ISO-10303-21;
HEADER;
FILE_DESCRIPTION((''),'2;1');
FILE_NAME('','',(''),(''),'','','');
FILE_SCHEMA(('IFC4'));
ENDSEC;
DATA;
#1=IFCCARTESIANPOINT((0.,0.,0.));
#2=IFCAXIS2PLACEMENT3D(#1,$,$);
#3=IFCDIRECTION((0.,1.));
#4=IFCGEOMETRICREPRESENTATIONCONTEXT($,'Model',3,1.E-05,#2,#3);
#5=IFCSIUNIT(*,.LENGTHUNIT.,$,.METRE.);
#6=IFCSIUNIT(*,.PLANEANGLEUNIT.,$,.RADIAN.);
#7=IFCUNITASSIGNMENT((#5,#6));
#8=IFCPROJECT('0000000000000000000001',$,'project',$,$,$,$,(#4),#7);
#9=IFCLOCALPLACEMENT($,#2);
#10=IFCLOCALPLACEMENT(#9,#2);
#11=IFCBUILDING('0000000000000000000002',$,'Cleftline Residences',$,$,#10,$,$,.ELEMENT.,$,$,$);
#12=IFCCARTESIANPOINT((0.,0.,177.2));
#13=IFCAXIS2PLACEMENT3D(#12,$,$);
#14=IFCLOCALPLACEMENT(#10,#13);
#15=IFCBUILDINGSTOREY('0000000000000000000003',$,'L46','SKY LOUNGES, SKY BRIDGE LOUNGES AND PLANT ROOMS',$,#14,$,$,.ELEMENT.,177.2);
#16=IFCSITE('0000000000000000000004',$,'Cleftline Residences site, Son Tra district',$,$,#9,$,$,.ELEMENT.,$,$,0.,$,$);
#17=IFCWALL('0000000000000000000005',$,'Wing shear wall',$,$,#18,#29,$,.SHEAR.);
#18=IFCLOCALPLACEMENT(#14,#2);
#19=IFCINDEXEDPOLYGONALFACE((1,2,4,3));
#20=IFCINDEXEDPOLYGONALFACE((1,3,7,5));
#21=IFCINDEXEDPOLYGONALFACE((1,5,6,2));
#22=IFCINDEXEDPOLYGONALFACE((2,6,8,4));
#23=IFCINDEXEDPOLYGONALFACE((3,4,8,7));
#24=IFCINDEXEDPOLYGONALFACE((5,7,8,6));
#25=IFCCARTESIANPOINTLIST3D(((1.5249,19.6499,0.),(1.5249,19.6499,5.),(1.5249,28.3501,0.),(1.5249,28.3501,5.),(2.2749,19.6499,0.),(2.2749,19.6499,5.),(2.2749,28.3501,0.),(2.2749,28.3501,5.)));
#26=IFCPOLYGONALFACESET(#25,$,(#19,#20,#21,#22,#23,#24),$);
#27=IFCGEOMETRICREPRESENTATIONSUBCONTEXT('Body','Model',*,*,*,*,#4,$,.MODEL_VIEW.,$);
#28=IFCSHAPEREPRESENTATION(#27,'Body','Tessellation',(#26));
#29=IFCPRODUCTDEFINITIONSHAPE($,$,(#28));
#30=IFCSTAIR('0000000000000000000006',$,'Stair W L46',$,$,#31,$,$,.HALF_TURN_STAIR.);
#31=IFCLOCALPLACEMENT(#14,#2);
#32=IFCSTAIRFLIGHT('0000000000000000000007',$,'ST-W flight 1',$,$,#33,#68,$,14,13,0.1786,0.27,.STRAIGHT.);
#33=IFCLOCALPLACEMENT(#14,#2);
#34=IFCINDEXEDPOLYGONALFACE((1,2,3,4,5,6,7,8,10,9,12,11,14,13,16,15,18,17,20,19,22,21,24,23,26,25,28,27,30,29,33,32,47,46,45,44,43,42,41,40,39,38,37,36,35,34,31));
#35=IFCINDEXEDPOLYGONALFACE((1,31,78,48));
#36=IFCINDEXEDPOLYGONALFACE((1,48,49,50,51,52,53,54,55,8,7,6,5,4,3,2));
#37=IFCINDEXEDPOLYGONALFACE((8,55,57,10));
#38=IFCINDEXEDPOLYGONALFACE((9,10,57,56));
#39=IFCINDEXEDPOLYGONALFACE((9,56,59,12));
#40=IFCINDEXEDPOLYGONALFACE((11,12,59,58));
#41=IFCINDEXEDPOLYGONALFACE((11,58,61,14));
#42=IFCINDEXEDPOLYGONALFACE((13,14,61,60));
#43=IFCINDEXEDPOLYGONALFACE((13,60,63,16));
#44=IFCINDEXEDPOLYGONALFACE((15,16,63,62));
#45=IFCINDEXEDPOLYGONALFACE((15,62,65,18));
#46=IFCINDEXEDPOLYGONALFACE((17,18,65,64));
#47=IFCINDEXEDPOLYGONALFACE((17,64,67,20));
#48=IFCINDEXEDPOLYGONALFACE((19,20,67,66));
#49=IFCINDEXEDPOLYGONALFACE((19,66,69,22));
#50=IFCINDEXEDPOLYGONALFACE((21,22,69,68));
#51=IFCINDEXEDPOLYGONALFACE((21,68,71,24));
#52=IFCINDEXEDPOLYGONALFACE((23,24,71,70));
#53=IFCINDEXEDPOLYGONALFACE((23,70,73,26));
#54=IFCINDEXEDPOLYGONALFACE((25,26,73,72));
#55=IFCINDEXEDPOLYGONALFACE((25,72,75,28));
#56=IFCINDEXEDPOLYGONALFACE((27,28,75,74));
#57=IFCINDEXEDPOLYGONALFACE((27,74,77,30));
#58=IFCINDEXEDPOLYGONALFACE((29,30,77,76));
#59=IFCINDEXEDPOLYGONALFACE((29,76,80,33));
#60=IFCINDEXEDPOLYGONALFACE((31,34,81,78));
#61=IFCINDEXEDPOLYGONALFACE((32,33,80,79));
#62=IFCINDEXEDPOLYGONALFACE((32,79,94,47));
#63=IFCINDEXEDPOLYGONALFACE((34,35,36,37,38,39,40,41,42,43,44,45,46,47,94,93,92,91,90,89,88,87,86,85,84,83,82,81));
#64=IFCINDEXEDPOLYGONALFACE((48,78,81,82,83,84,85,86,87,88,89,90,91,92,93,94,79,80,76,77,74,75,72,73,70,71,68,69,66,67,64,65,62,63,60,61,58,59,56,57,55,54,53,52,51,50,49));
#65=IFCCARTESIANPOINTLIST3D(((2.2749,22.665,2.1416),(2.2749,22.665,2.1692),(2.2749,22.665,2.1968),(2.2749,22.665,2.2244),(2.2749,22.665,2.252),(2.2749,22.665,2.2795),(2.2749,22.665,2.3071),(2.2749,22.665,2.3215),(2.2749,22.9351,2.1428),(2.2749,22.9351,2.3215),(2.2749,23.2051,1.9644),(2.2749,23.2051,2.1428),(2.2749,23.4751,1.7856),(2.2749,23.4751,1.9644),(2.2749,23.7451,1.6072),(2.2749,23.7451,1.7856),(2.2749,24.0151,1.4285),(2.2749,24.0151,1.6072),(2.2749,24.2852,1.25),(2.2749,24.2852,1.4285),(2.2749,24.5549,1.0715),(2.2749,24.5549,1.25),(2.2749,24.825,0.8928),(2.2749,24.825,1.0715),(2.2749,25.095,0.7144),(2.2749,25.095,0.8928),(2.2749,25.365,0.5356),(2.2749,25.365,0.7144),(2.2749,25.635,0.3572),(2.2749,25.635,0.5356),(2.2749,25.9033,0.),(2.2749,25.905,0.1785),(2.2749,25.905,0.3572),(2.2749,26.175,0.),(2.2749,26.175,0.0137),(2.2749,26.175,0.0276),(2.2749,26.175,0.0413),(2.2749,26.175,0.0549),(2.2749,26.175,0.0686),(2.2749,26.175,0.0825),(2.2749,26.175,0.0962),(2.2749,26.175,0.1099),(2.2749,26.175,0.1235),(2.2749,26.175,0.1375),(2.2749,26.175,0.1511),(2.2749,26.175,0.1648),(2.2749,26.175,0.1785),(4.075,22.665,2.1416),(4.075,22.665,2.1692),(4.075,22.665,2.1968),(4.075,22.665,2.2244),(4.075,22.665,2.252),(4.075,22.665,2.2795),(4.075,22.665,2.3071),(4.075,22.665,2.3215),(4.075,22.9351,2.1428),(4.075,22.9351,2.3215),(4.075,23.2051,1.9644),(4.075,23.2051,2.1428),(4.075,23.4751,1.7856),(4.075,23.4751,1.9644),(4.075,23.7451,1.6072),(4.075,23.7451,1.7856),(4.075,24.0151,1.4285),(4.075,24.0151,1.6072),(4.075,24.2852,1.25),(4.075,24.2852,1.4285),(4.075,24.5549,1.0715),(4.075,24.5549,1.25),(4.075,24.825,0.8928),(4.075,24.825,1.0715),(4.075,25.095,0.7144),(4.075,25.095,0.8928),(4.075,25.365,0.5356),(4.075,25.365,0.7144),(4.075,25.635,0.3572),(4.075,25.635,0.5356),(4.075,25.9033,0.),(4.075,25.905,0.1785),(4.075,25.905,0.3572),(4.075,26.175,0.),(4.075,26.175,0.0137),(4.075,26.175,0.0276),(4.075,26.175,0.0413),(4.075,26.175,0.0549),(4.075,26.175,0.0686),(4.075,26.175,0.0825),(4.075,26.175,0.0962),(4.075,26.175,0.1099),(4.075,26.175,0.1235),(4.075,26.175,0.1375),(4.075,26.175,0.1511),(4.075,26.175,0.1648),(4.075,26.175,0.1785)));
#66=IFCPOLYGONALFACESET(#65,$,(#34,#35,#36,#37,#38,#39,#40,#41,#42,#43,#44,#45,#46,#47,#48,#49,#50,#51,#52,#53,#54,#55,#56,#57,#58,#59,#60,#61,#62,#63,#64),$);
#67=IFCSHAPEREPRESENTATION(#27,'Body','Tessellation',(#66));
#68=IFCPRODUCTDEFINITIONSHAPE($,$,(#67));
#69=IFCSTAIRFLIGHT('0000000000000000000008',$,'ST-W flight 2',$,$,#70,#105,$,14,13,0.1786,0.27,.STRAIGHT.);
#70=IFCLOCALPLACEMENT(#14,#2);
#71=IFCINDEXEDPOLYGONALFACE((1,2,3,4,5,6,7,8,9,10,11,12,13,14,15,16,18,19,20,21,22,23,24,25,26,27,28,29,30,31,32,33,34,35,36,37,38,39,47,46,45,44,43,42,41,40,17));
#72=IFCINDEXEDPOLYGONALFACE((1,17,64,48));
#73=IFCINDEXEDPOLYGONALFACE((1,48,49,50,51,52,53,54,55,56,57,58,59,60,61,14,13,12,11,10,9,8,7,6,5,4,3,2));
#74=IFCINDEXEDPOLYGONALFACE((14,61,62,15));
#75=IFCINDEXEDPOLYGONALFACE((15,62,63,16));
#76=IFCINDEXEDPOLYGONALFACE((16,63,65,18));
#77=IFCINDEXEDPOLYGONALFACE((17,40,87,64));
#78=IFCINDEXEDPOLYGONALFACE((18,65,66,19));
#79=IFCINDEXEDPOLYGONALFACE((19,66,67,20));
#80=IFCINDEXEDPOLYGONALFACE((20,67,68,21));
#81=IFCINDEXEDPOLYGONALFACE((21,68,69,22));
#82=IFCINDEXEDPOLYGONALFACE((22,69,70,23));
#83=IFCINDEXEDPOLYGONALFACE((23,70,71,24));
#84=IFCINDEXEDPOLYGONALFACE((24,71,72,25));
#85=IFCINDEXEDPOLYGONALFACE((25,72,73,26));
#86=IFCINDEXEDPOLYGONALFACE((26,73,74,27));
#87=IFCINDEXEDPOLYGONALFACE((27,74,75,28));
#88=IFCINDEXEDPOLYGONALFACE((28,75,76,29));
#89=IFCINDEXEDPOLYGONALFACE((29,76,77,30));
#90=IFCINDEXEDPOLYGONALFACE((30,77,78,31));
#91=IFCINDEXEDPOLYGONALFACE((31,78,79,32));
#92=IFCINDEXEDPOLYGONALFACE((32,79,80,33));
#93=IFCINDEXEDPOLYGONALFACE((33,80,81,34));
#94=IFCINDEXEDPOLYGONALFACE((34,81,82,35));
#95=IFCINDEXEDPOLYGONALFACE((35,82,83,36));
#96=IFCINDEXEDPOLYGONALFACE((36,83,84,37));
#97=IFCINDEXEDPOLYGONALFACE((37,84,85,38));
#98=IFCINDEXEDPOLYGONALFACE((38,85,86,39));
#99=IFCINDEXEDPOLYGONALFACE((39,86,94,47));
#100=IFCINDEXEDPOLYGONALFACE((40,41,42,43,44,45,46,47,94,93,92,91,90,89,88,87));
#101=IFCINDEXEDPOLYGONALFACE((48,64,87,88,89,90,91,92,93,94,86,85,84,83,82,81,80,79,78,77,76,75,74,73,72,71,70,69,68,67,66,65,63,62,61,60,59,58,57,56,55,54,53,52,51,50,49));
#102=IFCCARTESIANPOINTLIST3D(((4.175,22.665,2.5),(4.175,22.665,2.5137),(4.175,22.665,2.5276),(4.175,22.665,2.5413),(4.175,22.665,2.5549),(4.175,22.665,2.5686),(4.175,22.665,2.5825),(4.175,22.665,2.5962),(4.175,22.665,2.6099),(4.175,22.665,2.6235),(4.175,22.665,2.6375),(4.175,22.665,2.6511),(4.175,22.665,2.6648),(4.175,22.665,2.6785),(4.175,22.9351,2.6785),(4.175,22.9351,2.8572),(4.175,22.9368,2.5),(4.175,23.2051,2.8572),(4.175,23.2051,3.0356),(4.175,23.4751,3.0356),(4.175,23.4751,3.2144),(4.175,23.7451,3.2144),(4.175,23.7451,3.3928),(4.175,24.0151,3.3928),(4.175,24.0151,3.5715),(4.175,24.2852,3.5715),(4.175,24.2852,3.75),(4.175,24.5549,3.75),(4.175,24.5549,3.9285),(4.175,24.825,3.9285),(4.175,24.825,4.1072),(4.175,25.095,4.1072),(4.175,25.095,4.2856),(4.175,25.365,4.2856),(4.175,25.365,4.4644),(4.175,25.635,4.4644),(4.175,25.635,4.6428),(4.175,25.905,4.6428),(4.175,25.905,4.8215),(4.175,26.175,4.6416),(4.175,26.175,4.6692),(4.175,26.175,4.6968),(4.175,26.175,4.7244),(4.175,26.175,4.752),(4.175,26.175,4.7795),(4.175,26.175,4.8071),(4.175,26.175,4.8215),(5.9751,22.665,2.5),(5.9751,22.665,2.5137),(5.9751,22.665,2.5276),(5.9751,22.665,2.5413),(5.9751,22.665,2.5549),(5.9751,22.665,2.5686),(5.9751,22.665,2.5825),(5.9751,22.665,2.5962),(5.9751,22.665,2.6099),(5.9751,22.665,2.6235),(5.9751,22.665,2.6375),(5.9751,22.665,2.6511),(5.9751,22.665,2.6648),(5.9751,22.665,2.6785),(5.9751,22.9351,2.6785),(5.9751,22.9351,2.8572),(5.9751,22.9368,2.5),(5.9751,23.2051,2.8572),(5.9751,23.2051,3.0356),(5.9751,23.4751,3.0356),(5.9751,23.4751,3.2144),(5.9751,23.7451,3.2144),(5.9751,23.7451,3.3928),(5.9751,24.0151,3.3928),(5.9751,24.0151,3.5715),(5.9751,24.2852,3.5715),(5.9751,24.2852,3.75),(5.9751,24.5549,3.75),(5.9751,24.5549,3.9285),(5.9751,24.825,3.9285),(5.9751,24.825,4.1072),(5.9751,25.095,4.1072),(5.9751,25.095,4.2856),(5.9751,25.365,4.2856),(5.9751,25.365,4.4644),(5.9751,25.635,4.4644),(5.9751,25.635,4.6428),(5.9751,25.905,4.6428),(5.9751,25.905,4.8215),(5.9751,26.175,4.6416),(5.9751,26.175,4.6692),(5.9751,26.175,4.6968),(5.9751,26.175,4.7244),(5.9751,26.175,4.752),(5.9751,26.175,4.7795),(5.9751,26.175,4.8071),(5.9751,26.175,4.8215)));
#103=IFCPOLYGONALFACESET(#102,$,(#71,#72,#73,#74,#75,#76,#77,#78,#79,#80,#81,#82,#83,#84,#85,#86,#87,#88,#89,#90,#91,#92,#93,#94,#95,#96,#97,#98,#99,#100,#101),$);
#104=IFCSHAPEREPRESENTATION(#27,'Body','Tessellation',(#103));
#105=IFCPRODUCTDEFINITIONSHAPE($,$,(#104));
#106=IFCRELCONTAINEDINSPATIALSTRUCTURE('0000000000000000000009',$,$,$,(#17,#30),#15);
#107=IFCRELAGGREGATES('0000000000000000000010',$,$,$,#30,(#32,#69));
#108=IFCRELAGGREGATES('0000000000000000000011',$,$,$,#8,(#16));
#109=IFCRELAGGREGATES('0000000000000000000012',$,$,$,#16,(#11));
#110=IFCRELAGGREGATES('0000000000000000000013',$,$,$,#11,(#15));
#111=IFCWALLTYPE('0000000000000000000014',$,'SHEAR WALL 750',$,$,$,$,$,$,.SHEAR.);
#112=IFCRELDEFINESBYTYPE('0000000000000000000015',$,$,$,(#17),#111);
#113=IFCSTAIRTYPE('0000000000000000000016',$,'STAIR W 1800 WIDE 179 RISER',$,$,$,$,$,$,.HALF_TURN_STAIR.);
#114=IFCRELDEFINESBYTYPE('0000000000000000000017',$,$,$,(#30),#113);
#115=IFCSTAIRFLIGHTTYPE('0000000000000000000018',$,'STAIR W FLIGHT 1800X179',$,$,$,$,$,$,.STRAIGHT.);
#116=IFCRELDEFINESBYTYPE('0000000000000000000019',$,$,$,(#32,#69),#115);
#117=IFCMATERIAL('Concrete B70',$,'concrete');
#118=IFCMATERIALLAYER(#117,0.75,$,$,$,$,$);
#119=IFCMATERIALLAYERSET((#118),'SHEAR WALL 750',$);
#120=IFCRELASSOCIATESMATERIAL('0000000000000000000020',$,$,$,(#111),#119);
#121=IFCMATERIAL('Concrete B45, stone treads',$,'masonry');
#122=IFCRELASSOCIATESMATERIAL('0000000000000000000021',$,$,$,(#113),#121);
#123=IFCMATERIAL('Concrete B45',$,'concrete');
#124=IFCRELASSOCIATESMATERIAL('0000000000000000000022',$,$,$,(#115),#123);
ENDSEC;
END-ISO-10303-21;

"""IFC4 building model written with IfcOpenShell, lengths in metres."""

from ifc_helpers import new_model, si_unit, direction, frame, frame_2d, origin, place, context, subcontext, project, spatial, polyline, rectangle, outline, extrude, material, layer, layer_set, type_object, element, aggregate, save


model = new_model("IFC4")

# Units and contexts
model_context = context("Model", 3, precision=1e-05, world=origin(), true_north=direction((0.0, 1.0)))
body_context = subcontext(model_context, "Body", "Model", "MODEL_VIEW")
ifc_project = project(units=[si_unit("LENGTHUNIT", "METRE"), si_unit("PLANEANGLEUNIT", "RADIAN")], contexts=[model_context])

# Site, building, storey
site_placement = place(None, origin())
site = spatial("IfcSite", under=ifc_project, at=site_placement, Name="Cleftline Residences site, Son Tra district", CompositionType="ELEMENT", RefElevation=0.0)
building_placement = place(site_placement, origin())
building = spatial("IfcBuilding", under=site, at=building_placement, Name="Cleftline Residences", CompositionType="ELEMENT")
storey_placement = place(building_placement, frame((0.0, 0.0, 177.2)))
storey = spatial("IfcBuildingStorey", under=building, at=storey_placement, Name="L46", Description="SKY LOUNGES, SKY BRIDGE LOUNGES AND PLANT ROOMS", CompositionType="ELEMENT", Elevation=177.2)

# Shared definitions
ifc_material_1 = material(Name="Concrete B70", Category="concrete")
ifc_layer_1 = layer(ifc_material_1, 0.75)
ifc_layer_set_1 = layer_set([ifc_layer_1], Name="SHEAR WALL 750")
wall_type_1 = type_object("IfcWallType", Name="SHEAR WALL 750", PredefinedType="SHEAR", material=ifc_layer_set_1)

# Wall
wall_1_placement = place(storey_placement, frame((1.8999, 28.3501, 0.0), z_axis=(0.0, 0.0, 1.0), x_axis=(0.0, -1.0, 0.0)))
element("IfcWall", 1, at=wall_1_placement, inside=storey, type_object=wall_type_1, Name="Wing shear wall", PredefinedType="SHEAR", context=body_context, shape_type="SweptSolid", body=[
    extrude(rectangle(XDim=8.7002, YDim=0.75, at=frame_2d((4.3501, 0.0))), origin(), (0.0, 0.0, 1.0), 5.0),
])

# Stair, stair flights
ifc_material_2 = material(Name="Concrete B45, stone treads", Category="masonry")
stair_type = type_object("IfcStairType", Name="STAIR W 1800 WIDE 179 RISER", PredefinedType="HALF_TURN_STAIR", material=ifc_material_2)
stair_placement = place(storey_placement, origin())
stair = element("IfcStair", 2, at=stair_placement, inside=storey, type_object=stair_type, Name="Stair W L46", PredefinedType="HALF_TURN_STAIR")
ifc_material_3 = material(Name="Concrete B45", Category="concrete")
stair_flight_type = type_object("IfcStairFlightType", Name="STAIR W FLIGHT 1800X179", PredefinedType="STRAIGHT", material=ifc_material_3)
stair_flight_1_placement = place(storey_placement, frame((3.175, 26.175, 0.0), z_axis=(0.0, 0.0, 1.0), x_axis=(0.0, -1.0, 0.0)))
stair_flight_1 = element("IfcStairFlight", 3, at=stair_flight_1_placement, type_object=stair_flight_type, Name="ST-W flight 1", NumberOfRisers=14, NumberOfTreads=13, PredefinedType="STRAIGHT", RiserHeight=0.1786, TreadLength=0.27, context=body_context, shape_type="SweptSolid", body=[
    extrude(outline(polyline([(0.0, 0.0), (0.0, 0.0137), (0.0, 0.0276), (0.0, 0.0413), (0.0, 0.0549), (0.0, 0.0686), (0.0, 0.0825), (0.0, 0.0962), (0.0, 0.1099), (0.0, 0.1235), (0.0, 0.1375), (0.0, 0.1511), (0.0, 0.1648), (0.0, 0.1785), (0.27, 0.1785), (0.27, 0.3572), (0.54, 0.3572), (0.54, 0.5356), (0.8101, 0.5356), (0.8101, 0.7144), (1.0801, 0.7144), (1.0801, 0.8928), (1.3501, 0.8928), (1.3501, 1.0715), (1.6201, 1.0715), (1.6201, 1.25), (1.8899, 1.25), (1.8899, 1.4285), (2.1599, 1.4285), (2.1599, 1.6072), (2.4299, 1.6072), (2.4299, 1.7856), (2.7, 1.7856), (2.7, 1.9644), (2.97, 1.9644), (2.97, 2.1428), (3.24, 2.1428), (3.24, 2.3215), (3.51, 2.3215), (3.51, 2.5), (3.51, 2.4724), (3.51, 2.4448), (3.51, 2.4172), (3.51, 2.3896), (3.51, 2.3623), (3.51, 2.3347), (3.51, 2.3071), (3.51, 2.2795), (3.51, 2.252), (3.51, 2.2244), (3.51, 2.1968), (3.51, 2.1692), (3.51, 2.1416), (0.2717, 0.0), (0.0, 0.0)])), frame((0.0, 0.8999, 0.0), z_axis=(0.0, -1.0, 0.0), x_axis=(1.0, 0.0, 0.0)), (0.0, 0.0, 1.0), 1.8),
])
stair_flight_2_placement = place(storey_placement, frame((5.075, 22.665, 2.5), z_axis=(0.0, 0.0, 1.0), x_axis=(0.0, 1.0, 0.0)))
stair_flight_2 = element("IfcStairFlight", 4, at=stair_flight_2_placement, type_object=stair_flight_type, Name="ST-W flight 2", NumberOfRisers=14, NumberOfTreads=13, PredefinedType="STRAIGHT", RiserHeight=0.1786, TreadLength=0.27, context=body_context, shape_type="SweptSolid", body=[
    extrude(outline(polyline([(0.0, 0.0), (0.0, 0.0137), (0.0, 0.0276), (0.0, 0.0413), (0.0, 0.0549), (0.0, 0.0686), (0.0, 0.0825), (0.0, 0.0962), (0.0, 0.1099), (0.0, 0.1235), (0.0, 0.1375), (0.0, 0.1511), (0.0, 0.1648), (0.0, 0.1785), (0.27, 0.1785), (0.27, 0.3572), (0.54, 0.3572), (0.54, 0.5356), (0.8101, 0.5356), (0.8101, 0.7144), (1.0801, 0.7144), (1.0801, 0.8928), (1.3501, 0.8928), (1.3501, 1.0715), (1.6201, 1.0715), (1.6201, 1.25), (1.8899, 1.25), (1.8899, 1.4285), (2.1599, 1.4285), (2.1599, 1.6072), (2.4299, 1.6072), (2.4299, 1.7856), (2.7, 1.7856), (2.7, 1.9644), (2.97, 1.9644), (2.97, 2.1428), (3.24, 2.1428), (3.24, 2.3215), (3.51, 2.3215), (3.51, 2.5), (3.51, 2.4724), (3.51, 2.4448), (3.51, 2.4172), (3.51, 2.3896), (3.51, 2.3623), (3.51, 2.3347), (3.51, 2.3071), (3.51, 2.2795), (3.51, 2.252), (3.51, 2.2244), (3.51, 2.1968), (3.51, 2.1692), (3.51, 2.1416), (0.2717, 0.0), (0.0, 0.0)])), frame((0.0, 0.8999, 0.0), z_axis=(0.0, -1.0, 0.0), x_axis=(1.0, 0.0, 0.0)), (0.0, 0.0, 1.0), 1.8),
])
aggregate(stair, [stair_flight_1, stair_flight_2])

save(model, "model.ifc")
